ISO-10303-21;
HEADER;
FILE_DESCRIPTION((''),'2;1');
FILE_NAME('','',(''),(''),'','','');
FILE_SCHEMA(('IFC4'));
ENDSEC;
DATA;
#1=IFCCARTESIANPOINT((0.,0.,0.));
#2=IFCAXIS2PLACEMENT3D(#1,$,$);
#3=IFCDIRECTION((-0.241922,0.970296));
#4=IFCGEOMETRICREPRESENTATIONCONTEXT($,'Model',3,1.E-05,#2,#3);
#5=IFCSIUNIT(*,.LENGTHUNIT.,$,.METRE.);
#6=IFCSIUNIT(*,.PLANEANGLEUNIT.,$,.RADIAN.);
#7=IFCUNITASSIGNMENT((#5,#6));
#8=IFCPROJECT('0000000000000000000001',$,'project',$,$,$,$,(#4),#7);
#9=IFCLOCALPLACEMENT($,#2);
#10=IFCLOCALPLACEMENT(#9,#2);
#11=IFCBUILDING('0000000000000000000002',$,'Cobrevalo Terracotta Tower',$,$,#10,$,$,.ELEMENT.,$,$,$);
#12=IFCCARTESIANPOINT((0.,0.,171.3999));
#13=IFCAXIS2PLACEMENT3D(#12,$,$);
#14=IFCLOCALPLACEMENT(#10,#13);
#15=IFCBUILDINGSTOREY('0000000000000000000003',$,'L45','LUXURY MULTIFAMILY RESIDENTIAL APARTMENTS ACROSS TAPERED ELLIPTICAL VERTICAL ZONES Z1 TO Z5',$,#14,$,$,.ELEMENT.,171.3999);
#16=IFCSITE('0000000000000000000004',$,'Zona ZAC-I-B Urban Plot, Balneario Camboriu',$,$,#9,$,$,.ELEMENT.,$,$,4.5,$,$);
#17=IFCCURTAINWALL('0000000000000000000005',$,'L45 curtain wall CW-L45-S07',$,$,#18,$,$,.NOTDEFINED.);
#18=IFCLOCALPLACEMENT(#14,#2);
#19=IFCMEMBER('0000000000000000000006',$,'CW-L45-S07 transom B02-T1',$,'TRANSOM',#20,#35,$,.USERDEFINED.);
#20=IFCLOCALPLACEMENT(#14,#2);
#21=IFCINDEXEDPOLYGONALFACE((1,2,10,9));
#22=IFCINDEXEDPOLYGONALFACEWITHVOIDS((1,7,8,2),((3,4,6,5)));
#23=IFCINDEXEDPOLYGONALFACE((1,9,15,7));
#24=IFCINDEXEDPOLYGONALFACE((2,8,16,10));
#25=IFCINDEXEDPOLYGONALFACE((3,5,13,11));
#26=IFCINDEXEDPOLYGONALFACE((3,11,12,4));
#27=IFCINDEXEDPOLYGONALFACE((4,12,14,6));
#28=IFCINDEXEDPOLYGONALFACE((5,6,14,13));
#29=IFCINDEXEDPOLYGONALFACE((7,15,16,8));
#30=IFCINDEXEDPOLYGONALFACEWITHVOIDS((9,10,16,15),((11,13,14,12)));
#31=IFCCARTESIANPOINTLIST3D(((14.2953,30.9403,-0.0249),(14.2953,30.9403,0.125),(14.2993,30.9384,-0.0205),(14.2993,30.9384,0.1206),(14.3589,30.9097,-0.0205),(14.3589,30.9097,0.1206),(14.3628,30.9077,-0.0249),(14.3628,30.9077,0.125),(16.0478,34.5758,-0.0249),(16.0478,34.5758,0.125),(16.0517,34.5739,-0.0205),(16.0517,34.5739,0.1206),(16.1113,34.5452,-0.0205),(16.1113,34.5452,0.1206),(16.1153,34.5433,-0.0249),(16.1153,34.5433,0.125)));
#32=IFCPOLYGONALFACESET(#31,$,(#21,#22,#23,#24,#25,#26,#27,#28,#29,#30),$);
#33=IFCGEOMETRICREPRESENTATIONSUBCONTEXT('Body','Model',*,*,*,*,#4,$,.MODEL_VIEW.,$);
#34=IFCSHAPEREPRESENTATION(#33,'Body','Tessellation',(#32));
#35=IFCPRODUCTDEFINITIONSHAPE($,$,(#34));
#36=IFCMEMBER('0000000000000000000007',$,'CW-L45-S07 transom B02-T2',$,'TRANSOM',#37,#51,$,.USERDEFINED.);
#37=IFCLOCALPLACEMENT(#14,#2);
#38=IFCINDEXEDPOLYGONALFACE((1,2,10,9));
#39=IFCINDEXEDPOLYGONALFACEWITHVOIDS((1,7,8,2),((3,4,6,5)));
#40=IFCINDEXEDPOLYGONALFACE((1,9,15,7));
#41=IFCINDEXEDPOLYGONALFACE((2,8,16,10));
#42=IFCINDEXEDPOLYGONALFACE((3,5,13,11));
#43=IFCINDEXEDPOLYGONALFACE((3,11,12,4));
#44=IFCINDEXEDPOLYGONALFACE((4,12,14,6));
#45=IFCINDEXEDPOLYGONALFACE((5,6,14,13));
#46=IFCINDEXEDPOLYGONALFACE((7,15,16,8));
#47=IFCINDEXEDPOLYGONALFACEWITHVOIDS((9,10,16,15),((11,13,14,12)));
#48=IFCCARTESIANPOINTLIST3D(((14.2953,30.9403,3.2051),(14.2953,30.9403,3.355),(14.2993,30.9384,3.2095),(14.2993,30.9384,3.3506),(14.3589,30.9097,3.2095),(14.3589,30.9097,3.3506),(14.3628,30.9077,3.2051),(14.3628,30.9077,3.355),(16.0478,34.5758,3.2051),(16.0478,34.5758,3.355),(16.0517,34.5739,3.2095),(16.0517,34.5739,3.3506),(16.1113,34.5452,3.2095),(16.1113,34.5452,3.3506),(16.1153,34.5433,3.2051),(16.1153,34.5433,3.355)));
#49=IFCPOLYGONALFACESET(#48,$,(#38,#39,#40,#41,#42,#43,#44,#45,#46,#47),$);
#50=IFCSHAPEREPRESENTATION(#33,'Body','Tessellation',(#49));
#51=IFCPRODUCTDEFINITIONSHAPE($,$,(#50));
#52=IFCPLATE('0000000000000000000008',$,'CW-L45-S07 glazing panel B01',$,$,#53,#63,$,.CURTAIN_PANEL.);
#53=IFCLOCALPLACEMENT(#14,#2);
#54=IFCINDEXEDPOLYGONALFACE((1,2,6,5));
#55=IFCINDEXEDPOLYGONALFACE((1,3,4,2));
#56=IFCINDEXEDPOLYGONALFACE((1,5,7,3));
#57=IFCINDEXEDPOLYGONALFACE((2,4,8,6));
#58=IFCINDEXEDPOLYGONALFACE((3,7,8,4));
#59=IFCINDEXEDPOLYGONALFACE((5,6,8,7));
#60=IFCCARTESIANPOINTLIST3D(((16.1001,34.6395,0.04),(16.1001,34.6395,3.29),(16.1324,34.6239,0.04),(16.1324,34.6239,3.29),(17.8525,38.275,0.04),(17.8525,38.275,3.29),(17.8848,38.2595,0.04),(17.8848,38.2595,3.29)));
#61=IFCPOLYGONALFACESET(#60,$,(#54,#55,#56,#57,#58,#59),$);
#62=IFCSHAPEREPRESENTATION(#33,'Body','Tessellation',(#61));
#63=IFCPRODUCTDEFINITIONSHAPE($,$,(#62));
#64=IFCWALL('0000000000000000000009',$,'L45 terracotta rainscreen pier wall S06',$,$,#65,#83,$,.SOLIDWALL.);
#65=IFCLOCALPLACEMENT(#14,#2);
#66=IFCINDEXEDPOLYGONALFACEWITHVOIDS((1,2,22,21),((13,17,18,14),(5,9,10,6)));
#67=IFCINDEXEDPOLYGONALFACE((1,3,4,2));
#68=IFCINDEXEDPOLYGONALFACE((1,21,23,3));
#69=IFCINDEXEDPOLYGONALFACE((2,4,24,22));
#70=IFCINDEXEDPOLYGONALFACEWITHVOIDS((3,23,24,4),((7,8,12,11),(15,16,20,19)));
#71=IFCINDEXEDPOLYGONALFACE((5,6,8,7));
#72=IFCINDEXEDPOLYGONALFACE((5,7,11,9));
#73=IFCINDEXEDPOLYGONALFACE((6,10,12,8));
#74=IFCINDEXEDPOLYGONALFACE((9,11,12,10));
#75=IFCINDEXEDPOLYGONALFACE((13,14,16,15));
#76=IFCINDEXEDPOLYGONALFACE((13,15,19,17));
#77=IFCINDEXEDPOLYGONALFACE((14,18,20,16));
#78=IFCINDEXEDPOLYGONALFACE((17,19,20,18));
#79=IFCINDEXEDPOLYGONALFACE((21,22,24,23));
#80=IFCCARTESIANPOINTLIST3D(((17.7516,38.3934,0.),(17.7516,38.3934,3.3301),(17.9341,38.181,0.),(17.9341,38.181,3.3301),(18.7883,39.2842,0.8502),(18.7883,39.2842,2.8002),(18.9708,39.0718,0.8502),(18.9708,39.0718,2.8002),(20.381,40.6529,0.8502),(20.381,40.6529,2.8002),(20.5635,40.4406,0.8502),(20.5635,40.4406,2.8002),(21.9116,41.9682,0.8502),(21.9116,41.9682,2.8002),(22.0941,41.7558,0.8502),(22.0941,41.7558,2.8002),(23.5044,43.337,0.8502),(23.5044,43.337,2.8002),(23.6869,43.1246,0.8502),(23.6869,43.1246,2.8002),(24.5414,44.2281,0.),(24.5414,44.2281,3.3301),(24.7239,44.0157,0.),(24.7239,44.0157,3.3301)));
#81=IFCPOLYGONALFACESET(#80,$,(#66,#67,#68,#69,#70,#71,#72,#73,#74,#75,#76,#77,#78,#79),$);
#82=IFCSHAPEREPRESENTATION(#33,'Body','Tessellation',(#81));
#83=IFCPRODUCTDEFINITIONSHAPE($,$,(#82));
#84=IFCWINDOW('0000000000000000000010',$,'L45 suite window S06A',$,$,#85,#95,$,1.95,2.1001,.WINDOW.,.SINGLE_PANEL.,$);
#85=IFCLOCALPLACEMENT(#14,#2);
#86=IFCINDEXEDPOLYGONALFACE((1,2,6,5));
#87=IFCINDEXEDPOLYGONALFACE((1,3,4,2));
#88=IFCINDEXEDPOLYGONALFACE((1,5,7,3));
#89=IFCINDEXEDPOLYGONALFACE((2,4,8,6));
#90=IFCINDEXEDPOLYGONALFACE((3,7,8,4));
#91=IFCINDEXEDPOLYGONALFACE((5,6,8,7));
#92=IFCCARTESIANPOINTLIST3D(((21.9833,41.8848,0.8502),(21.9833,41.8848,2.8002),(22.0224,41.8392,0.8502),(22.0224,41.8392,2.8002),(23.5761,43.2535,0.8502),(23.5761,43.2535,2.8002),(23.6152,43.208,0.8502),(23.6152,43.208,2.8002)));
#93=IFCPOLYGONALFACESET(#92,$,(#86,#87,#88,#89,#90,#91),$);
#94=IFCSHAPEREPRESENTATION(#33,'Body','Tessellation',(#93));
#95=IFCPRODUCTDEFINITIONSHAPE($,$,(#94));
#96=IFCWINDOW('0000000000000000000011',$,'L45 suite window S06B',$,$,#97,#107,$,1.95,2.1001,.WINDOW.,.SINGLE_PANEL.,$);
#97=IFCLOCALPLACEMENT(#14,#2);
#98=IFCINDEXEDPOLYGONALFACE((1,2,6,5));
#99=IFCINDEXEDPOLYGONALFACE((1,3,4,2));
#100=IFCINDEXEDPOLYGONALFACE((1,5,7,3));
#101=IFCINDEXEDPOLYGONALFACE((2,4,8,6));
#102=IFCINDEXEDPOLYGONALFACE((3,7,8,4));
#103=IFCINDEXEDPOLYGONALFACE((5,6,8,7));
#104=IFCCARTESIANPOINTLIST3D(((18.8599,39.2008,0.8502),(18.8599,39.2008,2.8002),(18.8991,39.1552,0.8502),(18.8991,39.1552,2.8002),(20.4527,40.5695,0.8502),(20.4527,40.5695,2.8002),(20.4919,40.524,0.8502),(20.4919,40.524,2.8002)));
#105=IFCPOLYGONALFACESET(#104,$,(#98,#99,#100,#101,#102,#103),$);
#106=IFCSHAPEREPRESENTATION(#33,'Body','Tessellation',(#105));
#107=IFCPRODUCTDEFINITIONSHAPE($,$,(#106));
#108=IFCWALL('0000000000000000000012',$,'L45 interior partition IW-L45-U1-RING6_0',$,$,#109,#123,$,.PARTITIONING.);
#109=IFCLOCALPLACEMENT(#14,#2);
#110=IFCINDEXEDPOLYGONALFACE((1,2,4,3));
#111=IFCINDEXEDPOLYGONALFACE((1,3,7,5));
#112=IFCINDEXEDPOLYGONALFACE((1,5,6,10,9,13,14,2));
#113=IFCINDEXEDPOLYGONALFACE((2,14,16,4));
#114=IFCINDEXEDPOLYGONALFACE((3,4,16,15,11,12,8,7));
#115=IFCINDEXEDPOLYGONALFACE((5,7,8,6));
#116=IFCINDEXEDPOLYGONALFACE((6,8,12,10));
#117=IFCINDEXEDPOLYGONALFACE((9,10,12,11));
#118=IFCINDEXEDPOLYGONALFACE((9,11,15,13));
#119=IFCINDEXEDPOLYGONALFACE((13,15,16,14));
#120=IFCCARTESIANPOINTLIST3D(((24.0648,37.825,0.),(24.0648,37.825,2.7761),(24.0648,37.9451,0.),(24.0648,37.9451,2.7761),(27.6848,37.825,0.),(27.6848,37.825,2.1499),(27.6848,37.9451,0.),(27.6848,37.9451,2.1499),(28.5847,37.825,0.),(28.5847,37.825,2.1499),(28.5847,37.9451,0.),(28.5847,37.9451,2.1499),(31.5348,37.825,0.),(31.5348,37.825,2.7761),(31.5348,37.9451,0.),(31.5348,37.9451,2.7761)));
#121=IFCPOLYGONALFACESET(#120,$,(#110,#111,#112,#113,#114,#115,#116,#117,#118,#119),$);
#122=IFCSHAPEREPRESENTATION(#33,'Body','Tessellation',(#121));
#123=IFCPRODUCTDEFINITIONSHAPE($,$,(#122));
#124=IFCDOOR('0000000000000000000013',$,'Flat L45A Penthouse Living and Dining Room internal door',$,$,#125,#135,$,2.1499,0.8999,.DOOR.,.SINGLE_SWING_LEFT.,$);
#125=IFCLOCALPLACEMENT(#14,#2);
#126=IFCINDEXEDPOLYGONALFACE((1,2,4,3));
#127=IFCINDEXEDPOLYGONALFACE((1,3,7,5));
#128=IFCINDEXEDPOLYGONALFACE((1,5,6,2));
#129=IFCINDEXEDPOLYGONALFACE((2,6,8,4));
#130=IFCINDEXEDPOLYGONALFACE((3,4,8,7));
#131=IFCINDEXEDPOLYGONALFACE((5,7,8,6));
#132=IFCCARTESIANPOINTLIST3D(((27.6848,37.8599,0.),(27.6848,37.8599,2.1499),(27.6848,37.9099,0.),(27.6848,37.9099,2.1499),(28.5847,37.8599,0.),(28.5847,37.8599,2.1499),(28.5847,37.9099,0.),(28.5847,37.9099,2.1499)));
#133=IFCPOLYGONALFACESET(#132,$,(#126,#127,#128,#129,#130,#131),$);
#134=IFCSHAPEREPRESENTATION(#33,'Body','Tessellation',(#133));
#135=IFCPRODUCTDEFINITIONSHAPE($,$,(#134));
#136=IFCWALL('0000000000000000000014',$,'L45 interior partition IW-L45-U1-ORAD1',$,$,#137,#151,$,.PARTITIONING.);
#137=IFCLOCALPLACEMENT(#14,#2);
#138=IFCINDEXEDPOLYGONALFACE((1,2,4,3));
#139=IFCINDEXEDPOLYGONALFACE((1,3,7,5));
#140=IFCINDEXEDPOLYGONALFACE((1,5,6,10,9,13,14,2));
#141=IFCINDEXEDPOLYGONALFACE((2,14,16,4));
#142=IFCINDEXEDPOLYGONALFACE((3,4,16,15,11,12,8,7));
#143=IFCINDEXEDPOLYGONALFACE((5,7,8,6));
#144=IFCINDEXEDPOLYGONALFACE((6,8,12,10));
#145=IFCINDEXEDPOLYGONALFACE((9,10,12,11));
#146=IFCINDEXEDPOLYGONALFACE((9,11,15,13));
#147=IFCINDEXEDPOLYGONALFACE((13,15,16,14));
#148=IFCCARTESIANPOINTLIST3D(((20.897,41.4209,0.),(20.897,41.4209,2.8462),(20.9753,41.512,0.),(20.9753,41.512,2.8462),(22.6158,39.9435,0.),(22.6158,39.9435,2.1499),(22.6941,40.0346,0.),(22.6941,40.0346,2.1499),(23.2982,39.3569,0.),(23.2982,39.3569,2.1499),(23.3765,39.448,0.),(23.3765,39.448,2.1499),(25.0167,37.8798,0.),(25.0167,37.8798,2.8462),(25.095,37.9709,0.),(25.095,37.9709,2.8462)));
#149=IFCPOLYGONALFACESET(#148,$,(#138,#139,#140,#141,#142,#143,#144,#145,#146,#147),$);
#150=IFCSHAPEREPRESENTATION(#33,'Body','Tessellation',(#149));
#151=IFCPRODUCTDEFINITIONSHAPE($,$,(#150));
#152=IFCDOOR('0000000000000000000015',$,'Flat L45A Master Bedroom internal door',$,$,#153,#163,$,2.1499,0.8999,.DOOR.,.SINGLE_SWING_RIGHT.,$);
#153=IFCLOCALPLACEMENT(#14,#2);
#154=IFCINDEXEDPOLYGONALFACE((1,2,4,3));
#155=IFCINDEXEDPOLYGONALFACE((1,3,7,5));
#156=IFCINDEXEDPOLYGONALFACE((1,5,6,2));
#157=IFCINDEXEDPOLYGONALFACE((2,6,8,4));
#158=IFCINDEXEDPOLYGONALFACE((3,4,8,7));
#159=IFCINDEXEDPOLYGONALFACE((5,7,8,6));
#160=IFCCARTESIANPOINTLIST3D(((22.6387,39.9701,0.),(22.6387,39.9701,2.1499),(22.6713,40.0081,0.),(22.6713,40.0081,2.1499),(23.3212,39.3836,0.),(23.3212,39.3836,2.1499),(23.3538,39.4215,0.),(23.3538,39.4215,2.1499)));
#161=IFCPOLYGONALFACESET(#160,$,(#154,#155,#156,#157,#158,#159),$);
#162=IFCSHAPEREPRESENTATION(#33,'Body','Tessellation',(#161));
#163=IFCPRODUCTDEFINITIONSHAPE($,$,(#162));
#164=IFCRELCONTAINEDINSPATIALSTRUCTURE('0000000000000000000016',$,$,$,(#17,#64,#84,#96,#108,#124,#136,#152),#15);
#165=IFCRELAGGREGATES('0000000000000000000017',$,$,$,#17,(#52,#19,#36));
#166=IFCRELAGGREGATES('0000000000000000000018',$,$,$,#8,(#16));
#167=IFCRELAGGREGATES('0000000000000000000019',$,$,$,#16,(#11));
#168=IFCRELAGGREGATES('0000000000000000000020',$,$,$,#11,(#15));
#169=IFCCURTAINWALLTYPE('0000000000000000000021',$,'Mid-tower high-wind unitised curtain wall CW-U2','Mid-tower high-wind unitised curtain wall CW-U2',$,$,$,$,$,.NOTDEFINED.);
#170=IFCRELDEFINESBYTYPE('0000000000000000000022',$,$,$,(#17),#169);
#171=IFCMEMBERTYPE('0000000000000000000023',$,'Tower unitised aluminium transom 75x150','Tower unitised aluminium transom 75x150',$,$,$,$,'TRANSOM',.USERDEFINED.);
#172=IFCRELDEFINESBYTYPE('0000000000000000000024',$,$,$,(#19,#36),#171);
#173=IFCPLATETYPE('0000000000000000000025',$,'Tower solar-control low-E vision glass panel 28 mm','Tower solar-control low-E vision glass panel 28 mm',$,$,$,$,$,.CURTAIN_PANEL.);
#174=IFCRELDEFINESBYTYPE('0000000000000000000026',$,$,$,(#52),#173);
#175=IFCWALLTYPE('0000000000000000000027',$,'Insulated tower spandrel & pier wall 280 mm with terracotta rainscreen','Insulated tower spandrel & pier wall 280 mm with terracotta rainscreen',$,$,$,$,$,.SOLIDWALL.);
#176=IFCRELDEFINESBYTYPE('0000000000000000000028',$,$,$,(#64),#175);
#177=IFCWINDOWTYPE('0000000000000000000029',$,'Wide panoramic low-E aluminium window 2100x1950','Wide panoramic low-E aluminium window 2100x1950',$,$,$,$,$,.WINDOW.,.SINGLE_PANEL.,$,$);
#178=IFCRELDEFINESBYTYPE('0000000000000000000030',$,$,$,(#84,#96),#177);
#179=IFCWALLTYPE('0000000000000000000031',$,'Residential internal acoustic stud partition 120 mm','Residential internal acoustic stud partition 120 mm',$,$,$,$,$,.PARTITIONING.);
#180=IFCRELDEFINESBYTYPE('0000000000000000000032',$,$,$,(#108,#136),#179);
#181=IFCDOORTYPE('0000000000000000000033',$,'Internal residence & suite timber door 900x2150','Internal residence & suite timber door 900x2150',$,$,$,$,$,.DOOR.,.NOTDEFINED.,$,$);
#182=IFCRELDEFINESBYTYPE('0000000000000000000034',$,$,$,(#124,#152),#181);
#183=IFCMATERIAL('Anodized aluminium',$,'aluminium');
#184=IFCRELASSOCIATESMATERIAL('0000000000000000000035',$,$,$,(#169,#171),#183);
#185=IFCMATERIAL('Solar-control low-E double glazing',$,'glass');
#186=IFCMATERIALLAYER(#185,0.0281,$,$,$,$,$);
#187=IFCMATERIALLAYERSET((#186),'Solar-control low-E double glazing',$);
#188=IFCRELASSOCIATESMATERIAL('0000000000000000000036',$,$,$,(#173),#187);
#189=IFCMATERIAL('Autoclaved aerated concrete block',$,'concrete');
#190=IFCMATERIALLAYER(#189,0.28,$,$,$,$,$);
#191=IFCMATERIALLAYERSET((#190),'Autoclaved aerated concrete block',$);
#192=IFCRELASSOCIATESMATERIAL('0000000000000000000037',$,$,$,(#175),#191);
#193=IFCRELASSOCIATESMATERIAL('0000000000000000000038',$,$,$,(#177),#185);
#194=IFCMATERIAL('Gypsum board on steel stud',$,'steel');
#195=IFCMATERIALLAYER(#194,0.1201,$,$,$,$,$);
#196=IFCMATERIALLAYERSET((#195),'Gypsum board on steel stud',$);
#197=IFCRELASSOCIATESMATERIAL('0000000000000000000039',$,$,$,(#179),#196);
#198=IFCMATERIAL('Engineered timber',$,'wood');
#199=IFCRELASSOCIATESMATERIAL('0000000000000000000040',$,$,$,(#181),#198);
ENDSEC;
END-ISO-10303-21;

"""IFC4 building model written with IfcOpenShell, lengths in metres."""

from ifc_helpers import new_model, si_unit, direction, frame, frame_2d, origin, origin_2d, place, context, subcontext, project, spatial, rectangle, hollow_rectangle, extrude, source, transform, mapped, material, layer, layer_set, material_profile, profile_set, type_object, element, fill, aggregate, save


model = new_model("IFC4")

# Units and contexts
model_context = context("Model", 3, precision=1e-05, world=origin(), true_north=direction((-0.241922, 0.970296)))
body_context = subcontext(model_context, "Body", "Model", "MODEL_VIEW")
ifc_project = project(units=[si_unit("LENGTHUNIT", "METRE"), si_unit("PLANEANGLEUNIT", "RADIAN")], contexts=[model_context])

# Site, building, storey
site_placement = place(None, origin())
site = spatial("IfcSite", under=ifc_project, at=site_placement, Name="Zona ZAC-I-B Urban Plot, Balneario Camboriu", CompositionType="ELEMENT", RefElevation=4.5)
building_placement = place(site_placement, origin())
building = spatial("IfcBuilding", under=site, at=building_placement, Name="Cobrevalo Terracotta Tower", CompositionType="ELEMENT")
storey_placement = place(building_placement, frame((0.0, 0.0, 171.3999)))
storey = spatial("IfcBuildingStorey", under=building, at=storey_placement, Name="L45", Description="LUXURY MULTIFAMILY RESIDENTIAL APARTMENTS ACROSS TAPERED ELLIPTICAL VERTICAL ZONES Z1 TO Z5", CompositionType="ELEMENT", Elevation=171.3999)

# Shared definitions
ifc_material_1 = material(Name="Anodized aluminium", Category="aluminium")
curtain_wall_type = type_object("IfcCurtainWallType", Name="Mid-tower high-wind unitised curtain wall CW-U2", Description="Mid-tower high-wind unitised curtain wall CW-U2", PredefinedType="NOTDEFINED", material=ifc_material_1)

# Curtain wall, members, plate
curtain_wall_1_placement = place(storey_placement, origin())
curtain_wall_1 = element("IfcCurtainWall", 1, at=curtain_wall_1_placement, inside=storey, type_object=curtain_wall_type, Name="L45 curtain wall CW-L45-S07", PredefinedType="NOTDEFINED")
ifc_material_profile_1 = material_profile(ifc_material_1, hollow_rectangle(XDim=0.075, YDim=0.1499, WallThickness=0.0044, at=origin_2d()), Name="CWT 75x150")
ifc_profile_set_1 = profile_set([ifc_material_profile_1], Name="Anodized aluminium")
member_type_1 = type_object("IfcMemberType", Name="Tower unitised aluminium transom 75x150", Description="Tower unitised aluminium transom 75x150", ElementType="TRANSOM", PredefinedType="USERDEFINED", material=ifc_profile_set_1)
shared_shape_1 = source(origin(), body_context, "Body", "SweptSolid", [
    extrude(hollow_rectangle(XDim=0.075, YDim=0.1499, WallThickness=0.0044, at=origin_2d()), origin(), (0.0, 0.0, 1.0), 4.0359),
])
member_1_placement = place(storey_placement, frame((16.0815, 34.5596, 0.05), z_axis=(-0.434221, -0.900806, 0.0), x_axis=(0.900806, -0.434221, 0.0)))
member_1 = element("IfcMember", 2, at=member_1_placement, type_object=member_type_1, Name="CW-L45-S07 transom B02-T1", ObjectType="TRANSOM", PredefinedType="USERDEFINED", context=body_context, shape_type="MappedRepresentation", body=[
    mapped(shared_shape_1, transform((0.0, 0.0, 0.0), scale=1.0)),
])
member_2_placement = place(storey_placement, frame((16.0815, 34.5596, 3.28), z_axis=(-0.434221, -0.900806, 0.0), x_axis=(0.900806, -0.434221, 0.0)))
member_2 = element("IfcMember", 3, at=member_2_placement, type_object=member_type_1, Name="CW-L45-S07 transom B02-T2", ObjectType="TRANSOM", PredefinedType="USERDEFINED", context=body_context, shape_type="MappedRepresentation", body=[
    mapped(shared_shape_1, transform((0.0, 0.0, 0.0), scale=1.0)),
])
ifc_material_2 = material(Name="Solar-control low-E double glazing", Category="glass")
ifc_layer_1 = layer(ifc_material_2, 0.0281)
ifc_layer_set_1 = layer_set([ifc_layer_1], Name="Solar-control low-E double glazing")
plate_type = type_object("IfcPlateType", Name="Tower solar-control low-E vision glass panel 28 mm", Description="Tower solar-control low-E vision glass panel 28 mm", PredefinedType="CURTAIN_PANEL", material=ifc_layer_set_1)
shared_shape_2 = source(origin(), body_context, "Body", "SweptSolid", [
    extrude(rectangle(XDim=4.0359, YDim=0.0359, at=origin_2d()), origin(), (0.0, 0.0, 1.0), 3.25),
])
plate_placement = place(storey_placement, frame((16.9924, 36.4495, 0.04), z_axis=(0.0, 0.0, 1.0), x_axis=(-0.434209, -0.900812, 0.0)))
plate = element("IfcPlate", 4, at=plate_placement, type_object=plate_type, Name="CW-L45-S07 glazing panel B01", PredefinedType="CURTAIN_PANEL", context=body_context, shape_type="MappedRepresentation", body=[
    mapped(shared_shape_2, transform((0.0, 0.0, 0.0), scale=1.0)),
])
aggregate(curtain_wall_1, [plate, member_1, member_2])

# Wall, openings, windows
ifc_material_3 = material(Name="Autoclaved aerated concrete block", Category="concrete")
ifc_layer_2 = layer(ifc_material_3, 0.28)
ifc_layer_set_2 = layer_set([ifc_layer_2], Name="Autoclaved aerated concrete block")
wall_type_1 = type_object("IfcWallType", Name="Insulated tower spandrel & pier wall 280 mm with terracotta rainscreen", Description="Insulated tower spandrel & pier wall 280 mm with terracotta rainscreen", PredefinedType="SOLIDWALL", material=ifc_layer_set_2)
wall_1_placement = place(storey_placement, frame((24.6326, 44.1218, 0.0), z_axis=(0.0, 0.0, 1.0), x_axis=(-0.758434, -0.65175, 0.0)))
wall_1 = element("IfcWall", 5, at=wall_1_placement, inside=storey, type_object=wall_type_1, Name="L45 terracotta rainscreen pier wall S06", PredefinedType="SOLIDWALL", context=body_context, shape_type="SweptSolid", body=[
    extrude(rectangle(XDim=8.9524, YDim=0.28, at=frame_2d((4.4761, 0.0))), origin(), (0.0, 0.0, 1.0), 3.3301),
])
opening_1_placement = place(wall_1_placement, frame((1.3672, 0.0, 0.8501)))
opening_1 = element("IfcOpeningElement", 6, at=opening_1_placement, cuts=wall_1, PredefinedType="OPENING", context=body_context, shape_type="SweptSolid", body=[
    extrude(rectangle(XDim=2.1001, YDim=1.95, at=frame_2d((1.05, 0.9751))), frame((0.0, 0.1499, 0.0), z_axis=(0.0, -1.0, 0.0), x_axis=(1.0, 0.0, 0.0)), (0.0, 0.0, 1.0), 0.3),
])
opening_2_placement = place(wall_1_placement, frame((5.4854, 0.0, 0.8501)))
opening_2 = element("IfcOpeningElement", 7, at=opening_2_placement, cuts=wall_1, PredefinedType="OPENING", context=body_context, shape_type="SweptSolid", body=[
    extrude(rectangle(XDim=2.1001, YDim=1.95, at=frame_2d((1.05, 0.9751))), frame((0.0, 0.1499, 0.0), z_axis=(0.0, -1.0, 0.0), x_axis=(1.0, 0.0, 0.0)), (0.0, 0.0, 1.0), 0.3),
])
window_type = type_object("IfcWindowType", Name="Wide panoramic low-E aluminium window 2100x1950", Description="Wide panoramic low-E aluminium window 2100x1950", PartitioningType="SINGLE_PANEL", PredefinedType="WINDOW", material=ifc_material_2)
shared_shape_3 = source(origin(), body_context, "Body", "SweptSolid", [
    extrude(rectangle(XDim=2.1001, YDim=1.95, at=frame_2d((1.05, 0.9751))), frame((0.0, 0.03, 0.0), z_axis=(0.0, -1.0, 0.0), x_axis=(1.0, 0.0, 0.0)), (0.0, 0.0, 1.0), 0.0601),
])
window_1_placement = place(opening_1_placement, origin())
window_1 = element("IfcWindow", 8, at=window_1_placement, inside=storey, type_object=window_type, Name="L45 suite window S06A", OverallHeight=1.95, OverallWidth=2.1001, PartitioningType="SINGLE_PANEL", PredefinedType="WINDOW", context=body_context, shape_type="MappedRepresentation", body=[
    mapped(shared_shape_3, transform((0.0, 0.0, 0.0), scale=1.0)),
])
fill(opening_1, window_1)
window_2_placement = place(opening_2_placement, origin())
window_2 = element("IfcWindow", 9, at=window_2_placement, inside=storey, type_object=window_type, Name="L45 suite window S06B", OverallHeight=1.95, OverallWidth=2.1001, PartitioningType="SINGLE_PANEL", PredefinedType="WINDOW", context=body_context, shape_type="MappedRepresentation", body=[
    mapped(shared_shape_3, transform((0.0, 0.0, 0.0), scale=1.0)),
])
fill(opening_2, window_2)

# Walls, openings, doors
ifc_material_4 = material(Name="Gypsum board on steel stud", Category="steel")
ifc_layer_3 = layer(ifc_material_4, 0.1201)
ifc_layer_set_3 = layer_set([ifc_layer_3], Name="Gypsum board on steel stud")
wall_type_2 = type_object("IfcWallType", Name="Residential internal acoustic stud partition 120 mm", Description="Residential internal acoustic stud partition 120 mm", PredefinedType="PARTITIONING", material=ifc_layer_set_3)
wall_2_placement = place(storey_placement, frame((24.0649, 37.885, 0.0), z_axis=(0.0, 0.0, 1.0), x_axis=(1.0, 0.0, 0.0)))
wall_2 = element("IfcWall", 10, at=wall_2_placement, inside=storey, type_object=wall_type_2, Name="L45 interior partition IW-L45-U1-RING6_0", PredefinedType="PARTITIONING", context=body_context, shape_type="SweptSolid", body=[
    extrude(rectangle(XDim=7.47, YDim=0.1201, at=frame_2d((3.7349, 0.0))), origin(), (0.0, 0.0, 1.0), 2.7761),
])
opening_3_placement = place(wall_2_placement, frame((3.6199, 0.0, 0.0)))
opening_3 = element("IfcOpeningElement", 11, at=opening_3_placement, cuts=wall_2, PredefinedType="OPENING", context=body_context, shape_type="SweptSolid", body=[
    extrude(rectangle(XDim=0.8999, YDim=2.1499, at=frame_2d((0.45, 1.075))), frame((0.0, 0.0701, 0.0), z_axis=(0.0, -1.0, 0.0), x_axis=(1.0, 0.0, 0.0)), (0.0, 0.0, 1.0), 0.1401),
])
ifc_material_5 = material(Name="Engineered timber", Category="wood")
door_type = type_object("IfcDoorType", Name="Internal residence & suite timber door 900x2150", Description="Internal residence & suite timber door 900x2150", OperationType="NOTDEFINED", PredefinedType="DOOR", material=ifc_material_5)
shared_shape_4 = source(origin(), body_context, "Body", "SweptSolid", [
    extrude(rectangle(XDim=0.8999, YDim=2.1499, at=frame_2d((0.45, 1.075))), frame((0.0, 0.0249, 0.0), z_axis=(0.0, -1.0, 0.0), x_axis=(1.0, 0.0, 0.0)), (0.0, 0.0, 1.0), 0.05),
])
door_1_placement = place(opening_3_placement, origin())
door_1 = element("IfcDoor", 12, at=door_1_placement, inside=storey, type_object=door_type, Name="Flat L45A Penthouse Living and Dining Room internal door", OperationType="SINGLE_SWING_LEFT", OverallHeight=2.1499, OverallWidth=0.8999, PredefinedType="DOOR", context=body_context, shape_type="MappedRepresentation", body=[
    mapped(shared_shape_4, transform((0.0, 0.0, 0.0), scale=1.0)),
])
fill(opening_3, door_1)
wall_3_placement = place(storey_placement, frame((25.0559, 37.9253, 0.0), z_axis=(0.0, 0.0, 1.0), x_axis=(-0.758355, 0.651842, 0.0)))
wall_3 = element("IfcWall", 13, at=wall_3_placement, inside=storey, type_object=wall_type_2, Name="L45 interior partition IW-L45-U1-ORAD1", PredefinedType="PARTITIONING", context=body_context, shape_type="SweptSolid", body=[
    extrude(rectangle(XDim=5.4324, YDim=0.1201, at=frame_2d((2.7163, 0.0))), origin(), (0.0, 0.0, 1.0), 2.8462),
])
opening_4_placement = place(wall_3_placement, frame((2.2661, 0.0, 0.0)))
opening_4 = element("IfcOpeningElement", 14, at=opening_4_placement, cuts=wall_3, PredefinedType="OPENING", context=body_context, shape_type="SweptSolid", body=[
    extrude(rectangle(XDim=0.8999, YDim=2.1499, at=frame_2d((0.45, 1.075))), frame((0.0, 0.0701, 0.0), z_axis=(0.0, -1.0, 0.0), x_axis=(1.0, 0.0, 0.0)), (0.0, 0.0, 1.0), 0.1401),
])
door_2_placement = place(opening_4_placement, origin())
door_2 = element("IfcDoor", 15, at=door_2_placement, inside=storey, type_object=door_type, Name="Flat L45A Master Bedroom internal door", OperationType="SINGLE_SWING_RIGHT", OverallHeight=2.1499, OverallWidth=0.8999, PredefinedType="DOOR", context=body_context, shape_type="MappedRepresentation", body=[
    mapped(shared_shape_4, transform((0.0, 0.0, 0.0), scale=1.0)),
])
fill(opening_4, door_2)

save(model, "model.ifc")
